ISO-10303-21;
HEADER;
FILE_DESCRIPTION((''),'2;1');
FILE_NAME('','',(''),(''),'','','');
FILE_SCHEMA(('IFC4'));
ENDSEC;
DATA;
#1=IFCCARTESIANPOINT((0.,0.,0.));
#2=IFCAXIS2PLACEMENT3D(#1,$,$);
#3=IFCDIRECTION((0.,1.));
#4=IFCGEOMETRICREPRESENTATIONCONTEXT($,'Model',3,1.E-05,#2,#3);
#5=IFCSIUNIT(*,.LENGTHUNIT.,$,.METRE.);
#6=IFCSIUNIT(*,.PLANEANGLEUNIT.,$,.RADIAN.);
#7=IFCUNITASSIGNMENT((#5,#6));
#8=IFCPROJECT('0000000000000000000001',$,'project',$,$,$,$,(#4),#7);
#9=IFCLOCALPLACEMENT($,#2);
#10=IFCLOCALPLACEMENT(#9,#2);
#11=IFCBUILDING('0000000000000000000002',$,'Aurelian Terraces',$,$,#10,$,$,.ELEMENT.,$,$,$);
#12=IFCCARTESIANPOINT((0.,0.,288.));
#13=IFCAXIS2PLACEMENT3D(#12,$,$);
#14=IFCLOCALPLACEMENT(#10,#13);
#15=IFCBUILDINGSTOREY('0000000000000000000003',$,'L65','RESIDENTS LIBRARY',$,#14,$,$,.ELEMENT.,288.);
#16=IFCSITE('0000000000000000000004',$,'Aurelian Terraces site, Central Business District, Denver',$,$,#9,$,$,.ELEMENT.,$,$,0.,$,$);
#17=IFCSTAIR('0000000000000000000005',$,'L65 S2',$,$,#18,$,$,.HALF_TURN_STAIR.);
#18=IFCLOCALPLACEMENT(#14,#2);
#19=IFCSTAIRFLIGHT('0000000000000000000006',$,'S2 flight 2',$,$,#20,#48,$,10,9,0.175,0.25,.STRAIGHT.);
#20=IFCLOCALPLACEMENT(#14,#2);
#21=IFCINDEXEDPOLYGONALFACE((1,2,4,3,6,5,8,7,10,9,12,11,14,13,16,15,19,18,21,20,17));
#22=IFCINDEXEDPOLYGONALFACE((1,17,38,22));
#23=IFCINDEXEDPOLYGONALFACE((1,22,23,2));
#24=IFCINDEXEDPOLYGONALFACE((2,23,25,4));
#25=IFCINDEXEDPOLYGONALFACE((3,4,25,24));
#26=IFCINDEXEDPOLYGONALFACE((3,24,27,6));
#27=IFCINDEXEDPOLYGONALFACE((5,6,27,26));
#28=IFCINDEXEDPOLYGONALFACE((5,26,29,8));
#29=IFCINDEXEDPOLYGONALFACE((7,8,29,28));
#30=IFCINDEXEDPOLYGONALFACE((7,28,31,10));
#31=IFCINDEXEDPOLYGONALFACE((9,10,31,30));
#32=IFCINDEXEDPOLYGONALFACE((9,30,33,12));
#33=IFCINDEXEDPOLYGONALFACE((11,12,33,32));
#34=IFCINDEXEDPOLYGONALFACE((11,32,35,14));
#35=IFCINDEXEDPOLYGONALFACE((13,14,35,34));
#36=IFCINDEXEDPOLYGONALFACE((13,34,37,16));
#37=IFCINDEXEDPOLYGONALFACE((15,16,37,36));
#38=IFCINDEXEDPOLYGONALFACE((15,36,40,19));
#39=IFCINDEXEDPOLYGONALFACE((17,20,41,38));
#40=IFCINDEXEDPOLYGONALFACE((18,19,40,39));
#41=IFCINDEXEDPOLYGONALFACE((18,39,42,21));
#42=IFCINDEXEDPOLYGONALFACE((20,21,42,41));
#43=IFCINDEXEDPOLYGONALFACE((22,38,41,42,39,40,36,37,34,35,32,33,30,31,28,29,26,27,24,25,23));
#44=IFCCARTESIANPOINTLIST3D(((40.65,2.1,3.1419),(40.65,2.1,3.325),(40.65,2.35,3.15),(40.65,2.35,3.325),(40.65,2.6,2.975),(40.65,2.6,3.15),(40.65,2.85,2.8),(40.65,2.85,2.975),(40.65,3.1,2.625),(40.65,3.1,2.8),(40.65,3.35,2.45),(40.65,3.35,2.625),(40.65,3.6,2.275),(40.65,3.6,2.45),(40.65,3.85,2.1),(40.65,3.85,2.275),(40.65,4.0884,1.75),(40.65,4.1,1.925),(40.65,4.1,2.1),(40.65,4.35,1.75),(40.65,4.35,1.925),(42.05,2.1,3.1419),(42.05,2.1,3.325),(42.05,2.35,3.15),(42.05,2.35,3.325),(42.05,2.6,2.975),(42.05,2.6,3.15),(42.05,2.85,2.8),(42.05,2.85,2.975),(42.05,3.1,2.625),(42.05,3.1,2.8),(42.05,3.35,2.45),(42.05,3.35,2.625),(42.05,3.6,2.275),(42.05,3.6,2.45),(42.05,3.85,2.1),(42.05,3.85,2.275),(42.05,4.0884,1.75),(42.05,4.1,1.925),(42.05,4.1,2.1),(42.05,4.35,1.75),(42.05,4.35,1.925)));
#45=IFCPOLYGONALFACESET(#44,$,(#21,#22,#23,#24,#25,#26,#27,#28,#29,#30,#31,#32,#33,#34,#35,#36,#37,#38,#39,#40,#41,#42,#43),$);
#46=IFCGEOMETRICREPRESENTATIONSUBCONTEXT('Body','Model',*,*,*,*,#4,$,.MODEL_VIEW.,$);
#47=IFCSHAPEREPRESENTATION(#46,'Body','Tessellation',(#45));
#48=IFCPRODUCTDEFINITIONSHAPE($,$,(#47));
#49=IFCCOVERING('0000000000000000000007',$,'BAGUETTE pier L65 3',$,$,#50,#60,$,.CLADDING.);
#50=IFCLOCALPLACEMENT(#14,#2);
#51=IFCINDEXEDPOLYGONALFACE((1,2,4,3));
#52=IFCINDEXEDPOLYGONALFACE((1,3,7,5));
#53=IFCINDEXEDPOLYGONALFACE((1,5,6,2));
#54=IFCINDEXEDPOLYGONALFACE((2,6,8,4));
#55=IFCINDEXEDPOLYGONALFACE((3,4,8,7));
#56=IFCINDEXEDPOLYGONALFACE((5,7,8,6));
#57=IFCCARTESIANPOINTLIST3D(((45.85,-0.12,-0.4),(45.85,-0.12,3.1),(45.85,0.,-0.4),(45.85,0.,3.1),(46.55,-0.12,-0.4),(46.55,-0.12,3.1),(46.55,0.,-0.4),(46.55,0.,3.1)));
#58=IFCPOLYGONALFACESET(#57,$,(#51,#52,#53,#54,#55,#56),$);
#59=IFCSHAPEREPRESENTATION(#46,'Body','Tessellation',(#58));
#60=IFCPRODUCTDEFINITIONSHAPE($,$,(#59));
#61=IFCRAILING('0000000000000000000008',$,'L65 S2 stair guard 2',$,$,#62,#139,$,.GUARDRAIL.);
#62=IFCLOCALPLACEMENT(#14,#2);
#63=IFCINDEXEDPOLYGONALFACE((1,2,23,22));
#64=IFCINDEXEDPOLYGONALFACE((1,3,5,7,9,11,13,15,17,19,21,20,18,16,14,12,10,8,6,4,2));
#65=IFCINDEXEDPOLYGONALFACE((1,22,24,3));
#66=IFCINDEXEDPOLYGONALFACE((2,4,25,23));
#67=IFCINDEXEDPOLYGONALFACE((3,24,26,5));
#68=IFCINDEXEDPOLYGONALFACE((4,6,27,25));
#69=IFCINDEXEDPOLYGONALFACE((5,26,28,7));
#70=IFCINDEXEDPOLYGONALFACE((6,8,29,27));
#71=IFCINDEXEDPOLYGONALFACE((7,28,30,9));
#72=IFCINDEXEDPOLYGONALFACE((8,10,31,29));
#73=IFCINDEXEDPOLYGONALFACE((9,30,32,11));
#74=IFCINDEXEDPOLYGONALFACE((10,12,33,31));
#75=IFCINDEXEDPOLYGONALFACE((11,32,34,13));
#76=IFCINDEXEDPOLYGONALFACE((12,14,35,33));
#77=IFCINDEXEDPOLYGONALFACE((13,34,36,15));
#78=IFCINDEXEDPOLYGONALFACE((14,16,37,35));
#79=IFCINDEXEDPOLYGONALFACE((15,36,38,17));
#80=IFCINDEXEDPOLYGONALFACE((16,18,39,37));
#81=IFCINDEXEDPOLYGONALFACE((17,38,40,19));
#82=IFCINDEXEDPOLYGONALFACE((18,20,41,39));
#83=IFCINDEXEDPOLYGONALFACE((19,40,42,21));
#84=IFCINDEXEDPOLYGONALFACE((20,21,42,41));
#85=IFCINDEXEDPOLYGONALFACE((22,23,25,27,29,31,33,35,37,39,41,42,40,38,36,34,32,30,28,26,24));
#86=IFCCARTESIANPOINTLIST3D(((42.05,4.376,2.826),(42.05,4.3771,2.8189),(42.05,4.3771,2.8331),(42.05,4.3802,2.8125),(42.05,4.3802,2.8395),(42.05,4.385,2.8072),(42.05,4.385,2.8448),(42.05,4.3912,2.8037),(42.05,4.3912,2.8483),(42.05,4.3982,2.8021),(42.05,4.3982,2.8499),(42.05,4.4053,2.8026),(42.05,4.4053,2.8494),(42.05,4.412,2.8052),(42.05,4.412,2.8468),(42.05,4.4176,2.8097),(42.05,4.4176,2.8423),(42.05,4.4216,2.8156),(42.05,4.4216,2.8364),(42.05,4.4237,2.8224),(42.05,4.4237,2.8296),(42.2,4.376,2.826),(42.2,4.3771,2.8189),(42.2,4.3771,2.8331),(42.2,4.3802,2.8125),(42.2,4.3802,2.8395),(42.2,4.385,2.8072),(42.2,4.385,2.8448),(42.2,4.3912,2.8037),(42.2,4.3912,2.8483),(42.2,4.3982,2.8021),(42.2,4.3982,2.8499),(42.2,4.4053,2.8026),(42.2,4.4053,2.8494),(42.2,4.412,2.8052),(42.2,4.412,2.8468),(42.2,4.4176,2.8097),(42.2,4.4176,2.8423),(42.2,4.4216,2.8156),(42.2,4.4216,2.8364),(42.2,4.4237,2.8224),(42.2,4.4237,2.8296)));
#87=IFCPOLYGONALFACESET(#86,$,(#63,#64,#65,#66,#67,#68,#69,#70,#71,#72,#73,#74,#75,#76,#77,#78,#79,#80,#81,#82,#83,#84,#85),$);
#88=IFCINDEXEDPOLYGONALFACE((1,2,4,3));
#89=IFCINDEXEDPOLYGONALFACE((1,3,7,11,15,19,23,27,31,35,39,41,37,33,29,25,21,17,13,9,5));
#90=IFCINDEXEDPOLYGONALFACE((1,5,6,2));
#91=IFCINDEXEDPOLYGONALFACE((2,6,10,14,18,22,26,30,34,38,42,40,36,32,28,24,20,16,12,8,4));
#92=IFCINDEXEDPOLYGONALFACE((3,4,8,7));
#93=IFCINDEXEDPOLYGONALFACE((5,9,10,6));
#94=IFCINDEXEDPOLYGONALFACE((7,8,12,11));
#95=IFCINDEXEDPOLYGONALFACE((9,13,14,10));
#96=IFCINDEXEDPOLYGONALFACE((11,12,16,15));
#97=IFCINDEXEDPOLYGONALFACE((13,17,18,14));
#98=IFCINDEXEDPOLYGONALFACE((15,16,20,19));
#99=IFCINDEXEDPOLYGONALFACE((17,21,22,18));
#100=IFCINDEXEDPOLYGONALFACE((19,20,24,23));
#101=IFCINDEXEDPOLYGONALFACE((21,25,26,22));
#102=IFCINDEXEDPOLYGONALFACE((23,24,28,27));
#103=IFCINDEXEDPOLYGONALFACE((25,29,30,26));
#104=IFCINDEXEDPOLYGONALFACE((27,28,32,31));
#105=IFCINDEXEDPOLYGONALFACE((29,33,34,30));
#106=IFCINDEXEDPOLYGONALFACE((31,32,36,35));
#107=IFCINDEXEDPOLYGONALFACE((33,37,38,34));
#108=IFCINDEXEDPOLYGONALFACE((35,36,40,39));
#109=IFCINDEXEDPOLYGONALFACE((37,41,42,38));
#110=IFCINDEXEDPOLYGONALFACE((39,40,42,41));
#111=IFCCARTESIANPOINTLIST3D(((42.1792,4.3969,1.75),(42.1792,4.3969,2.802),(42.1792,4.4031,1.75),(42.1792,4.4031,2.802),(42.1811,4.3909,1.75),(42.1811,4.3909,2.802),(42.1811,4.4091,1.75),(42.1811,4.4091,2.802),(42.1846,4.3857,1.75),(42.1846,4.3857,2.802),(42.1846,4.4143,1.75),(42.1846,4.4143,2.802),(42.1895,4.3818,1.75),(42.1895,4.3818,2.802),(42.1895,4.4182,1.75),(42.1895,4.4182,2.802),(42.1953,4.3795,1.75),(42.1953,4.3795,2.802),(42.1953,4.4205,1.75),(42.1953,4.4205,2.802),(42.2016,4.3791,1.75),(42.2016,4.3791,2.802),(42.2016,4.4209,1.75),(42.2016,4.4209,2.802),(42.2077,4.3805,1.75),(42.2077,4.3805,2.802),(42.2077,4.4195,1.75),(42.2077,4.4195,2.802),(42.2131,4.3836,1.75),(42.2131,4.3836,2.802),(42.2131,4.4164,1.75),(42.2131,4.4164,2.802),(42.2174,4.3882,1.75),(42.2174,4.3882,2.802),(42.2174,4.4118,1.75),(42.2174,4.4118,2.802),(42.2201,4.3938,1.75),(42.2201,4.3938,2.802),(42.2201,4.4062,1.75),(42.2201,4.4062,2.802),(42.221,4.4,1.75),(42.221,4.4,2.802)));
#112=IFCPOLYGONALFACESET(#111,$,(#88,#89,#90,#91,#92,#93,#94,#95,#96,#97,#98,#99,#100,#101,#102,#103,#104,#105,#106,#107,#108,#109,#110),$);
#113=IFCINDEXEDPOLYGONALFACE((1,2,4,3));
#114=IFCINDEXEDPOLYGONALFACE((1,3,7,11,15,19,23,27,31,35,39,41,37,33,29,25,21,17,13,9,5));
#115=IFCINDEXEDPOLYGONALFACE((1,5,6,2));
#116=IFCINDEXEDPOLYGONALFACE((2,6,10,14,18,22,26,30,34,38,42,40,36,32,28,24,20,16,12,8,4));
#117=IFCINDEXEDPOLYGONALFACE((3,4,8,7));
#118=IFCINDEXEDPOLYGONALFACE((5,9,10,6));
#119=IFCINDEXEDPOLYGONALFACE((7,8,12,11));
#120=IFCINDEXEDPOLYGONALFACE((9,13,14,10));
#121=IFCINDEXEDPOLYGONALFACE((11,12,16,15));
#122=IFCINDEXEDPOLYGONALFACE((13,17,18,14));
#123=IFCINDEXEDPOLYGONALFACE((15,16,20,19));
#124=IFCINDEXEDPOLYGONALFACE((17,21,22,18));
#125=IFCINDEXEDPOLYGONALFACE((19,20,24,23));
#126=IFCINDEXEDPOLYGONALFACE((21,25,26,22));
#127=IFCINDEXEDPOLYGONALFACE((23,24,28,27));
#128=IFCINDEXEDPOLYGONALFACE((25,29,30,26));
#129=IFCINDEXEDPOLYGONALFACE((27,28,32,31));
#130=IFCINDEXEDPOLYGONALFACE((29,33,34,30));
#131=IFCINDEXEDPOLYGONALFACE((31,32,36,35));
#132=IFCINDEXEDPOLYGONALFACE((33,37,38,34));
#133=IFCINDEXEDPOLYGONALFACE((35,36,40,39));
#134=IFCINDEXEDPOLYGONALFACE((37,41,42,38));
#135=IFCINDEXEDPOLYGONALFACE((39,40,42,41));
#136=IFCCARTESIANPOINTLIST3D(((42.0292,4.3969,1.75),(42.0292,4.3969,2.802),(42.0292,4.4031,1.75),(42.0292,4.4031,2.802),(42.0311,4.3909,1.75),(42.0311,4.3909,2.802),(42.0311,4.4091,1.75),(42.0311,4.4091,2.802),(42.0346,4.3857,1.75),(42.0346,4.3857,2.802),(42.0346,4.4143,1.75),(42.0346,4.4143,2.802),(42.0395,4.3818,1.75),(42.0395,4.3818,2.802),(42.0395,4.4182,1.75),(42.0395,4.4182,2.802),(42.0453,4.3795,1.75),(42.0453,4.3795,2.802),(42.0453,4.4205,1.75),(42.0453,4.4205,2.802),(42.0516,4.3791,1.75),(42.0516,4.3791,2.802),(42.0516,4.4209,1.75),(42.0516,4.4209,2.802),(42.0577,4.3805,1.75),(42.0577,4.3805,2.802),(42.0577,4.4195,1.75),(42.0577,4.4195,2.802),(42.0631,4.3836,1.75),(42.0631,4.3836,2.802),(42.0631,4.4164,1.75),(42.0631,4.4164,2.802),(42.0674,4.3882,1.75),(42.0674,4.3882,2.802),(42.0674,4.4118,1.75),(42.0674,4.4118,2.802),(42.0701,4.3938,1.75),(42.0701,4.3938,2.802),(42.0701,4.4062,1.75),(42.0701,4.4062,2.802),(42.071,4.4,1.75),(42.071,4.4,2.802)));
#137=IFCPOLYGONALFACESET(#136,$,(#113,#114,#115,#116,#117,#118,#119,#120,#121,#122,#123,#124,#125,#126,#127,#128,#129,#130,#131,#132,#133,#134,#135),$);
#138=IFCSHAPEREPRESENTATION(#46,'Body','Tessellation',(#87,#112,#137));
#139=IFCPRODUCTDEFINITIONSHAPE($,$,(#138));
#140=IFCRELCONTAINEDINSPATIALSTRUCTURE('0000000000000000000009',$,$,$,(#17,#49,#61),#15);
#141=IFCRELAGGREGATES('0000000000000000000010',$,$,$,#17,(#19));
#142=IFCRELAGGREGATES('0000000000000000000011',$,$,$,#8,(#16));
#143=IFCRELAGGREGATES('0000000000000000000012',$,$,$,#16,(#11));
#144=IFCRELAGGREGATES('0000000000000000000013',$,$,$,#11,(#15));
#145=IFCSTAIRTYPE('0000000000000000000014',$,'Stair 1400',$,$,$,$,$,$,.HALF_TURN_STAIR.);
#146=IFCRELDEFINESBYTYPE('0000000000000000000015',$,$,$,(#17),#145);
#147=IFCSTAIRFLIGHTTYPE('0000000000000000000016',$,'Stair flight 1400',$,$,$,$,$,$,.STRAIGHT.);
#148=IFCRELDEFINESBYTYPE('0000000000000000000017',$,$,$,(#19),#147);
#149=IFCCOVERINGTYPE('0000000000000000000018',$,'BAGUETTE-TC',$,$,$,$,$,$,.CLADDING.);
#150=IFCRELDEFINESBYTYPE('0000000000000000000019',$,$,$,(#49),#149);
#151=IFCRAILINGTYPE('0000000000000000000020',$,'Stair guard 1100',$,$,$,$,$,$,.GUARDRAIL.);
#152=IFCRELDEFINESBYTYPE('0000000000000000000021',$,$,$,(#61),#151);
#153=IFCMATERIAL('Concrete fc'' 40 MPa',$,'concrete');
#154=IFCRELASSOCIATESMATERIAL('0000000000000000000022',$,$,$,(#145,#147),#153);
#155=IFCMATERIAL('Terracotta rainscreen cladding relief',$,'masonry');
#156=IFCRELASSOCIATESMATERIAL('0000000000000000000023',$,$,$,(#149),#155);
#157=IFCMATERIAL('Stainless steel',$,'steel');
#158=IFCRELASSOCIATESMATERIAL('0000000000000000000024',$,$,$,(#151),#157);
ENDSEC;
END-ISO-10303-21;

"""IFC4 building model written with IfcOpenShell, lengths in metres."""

from ifc_helpers import new_model, si_unit, direction, frame, origin, origin_2d, place, context, subcontext, project, spatial, polyline, rectangle, circle, outline, extrude, source, transform, mapped, material, type_object, element, aggregate, save


model = new_model("IFC4")

# Units and contexts
model_context = context("Model", 3, precision=1e-05, world=origin(), true_north=direction((0.0, 1.0)))
body_context = subcontext(model_context, "Body", "Model", "MODEL_VIEW")
ifc_project = project(units=[si_unit("LENGTHUNIT", "METRE"), si_unit("PLANEANGLEUNIT", "RADIAN")], contexts=[model_context])

# Site, building, storey
site_placement = place(None, origin())
site = spatial("IfcSite", under=ifc_project, at=site_placement, Name="Aurelian Terraces site, Central Business District, Denver", CompositionType="ELEMENT", RefElevation=0.0)
building_placement = place(site_placement, origin())
building = spatial("IfcBuilding", under=site, at=building_placement, Name="Aurelian Terraces", CompositionType="ELEMENT")
storey_placement = place(building_placement, frame((0.0, 0.0, 288.0)))
storey = spatial("IfcBuildingStorey", under=building, at=storey_placement, Name="L65", Description="RESIDENTS LIBRARY", CompositionType="ELEMENT", Elevation=288.0)

# Shared definitions
ifc_material_1 = material(Name="Concrete fc' 40 MPa", Category="concrete")

# Stair, stair flight
stair_type = type_object("IfcStairType", Name="Stair 1400", PredefinedType="HALF_TURN_STAIR", material=ifc_material_1)
stair_placement = place(storey_placement, origin())
stair = element("IfcStair", 1, at=stair_placement, inside=storey, type_object=stair_type, Name="L65 S2", PredefinedType="HALF_TURN_STAIR")
stair_flight_type = type_object("IfcStairFlightType", Name="Stair flight 1400", PredefinedType="STRAIGHT", material=ifc_material_1)
shared_shape_1 = source(origin(), body_context, "Body", "SweptSolid", [
    extrude(outline(polyline([(0.0, 0.0), (0.0, 0.175), (0.25, 0.175), (0.25, 0.35), (0.5, 0.35), (0.5, 0.525), (0.75, 0.525), (0.75, 0.7), (1.0, 0.7), (1.0, 0.875), (1.25, 0.875), (1.25, 1.05), (1.5, 1.05), (1.5, 1.225), (1.75, 1.225), (1.75, 1.4), (2.0, 1.4), (2.0, 1.575), (2.25, 1.575), (2.25, 1.75), (2.25, 1.3919), (0.2616, 0.0), (0.0, 0.0)])), frame((0.0, 0.7, 0.0), z_axis=(0.0, -1.0, 0.0), x_axis=(1.0, 0.0, 0.0)), (0.0, 0.0, 1.0), 1.4),
])
stair_flight_1_placement = place(storey_placement, frame((41.35, 4.35, 1.75), z_axis=(0.0, 0.0, 1.0), x_axis=(0.0, -1.0, 0.0)))
stair_flight_1 = element("IfcStairFlight", 2, at=stair_flight_1_placement, type_object=stair_flight_type, Name="S2 flight 2", NumberOfRisers=10, NumberOfTreads=9, PredefinedType="STRAIGHT", RiserHeight=0.175, TreadLength=0.25, context=body_context, shape_type="MappedRepresentation", body=[
    mapped(shared_shape_1, transform((0.0, 0.0, 0.0), scale=1.0)),
])
aggregate(stair, [stair_flight_1])

# Covering
ifc_material_2 = material(Name="Terracotta rainscreen cladding relief", Category="masonry")
covering_type = type_object("IfcCoveringType", Name="BAGUETTE-TC", PredefinedType="CLADDING", material=ifc_material_2)
shared_shape_2 = source(origin(), body_context, "Body", "SweptSolid", [
    extrude(rectangle(XDim=0.7, YDim=0.12, at=origin_2d()), origin(), (0.0, 0.0, 1.0), 3.5),
])
covering_placement = place(storey_placement, frame((46.2, -0.06, -0.4), z_axis=(0.0, 0.0, 1.0), x_axis=(1.0, 0.0, 0.0)))
element("IfcCovering", 3, at=covering_placement, inside=storey, type_object=covering_type, Name="BAGUETTE pier L65 3", PredefinedType="CLADDING", context=body_context, shape_type="MappedRepresentation", body=[
    mapped(shared_shape_2, transform((0.0, 0.0, 0.0), scale=1.0)),
])

# Railing
ifc_material_3 = material(Name="Stainless steel", Category="steel")
railing_type_1 = type_object("IfcRailingType", Name="Stair guard 1100", PredefinedType="GUARDRAIL", material=ifc_material_3)
shared_shape_3 = source(origin(), body_context, "Body", "SweptSolid", [
    extrude(circle(Radius=0.024, at=origin_2d()), frame((0.0, 0.0, 1.076), z_axis=(-1.0, 0.0, 0.0), x_axis=(0.0, -1.0, 0.0)), (0.0, 0.0, 1.0), 0.15),
    extrude(circle(Radius=0.021, at=origin_2d()), origin(), (0.0, 0.0, 1.0), 1.052),
    extrude(circle(Radius=0.021, at=origin_2d()), frame((-0.15, 0.0, 0.0)), (0.0, 0.0, 1.0), 1.052),
])
for number, where, name in (
    (4, (42.2, 4.4, 1.75), "L65 S2 stair guard 2"),
):
    element("IfcRailing", number, at=place(storey_placement, frame(where)), inside=storey, type_object=railing_type_1, Name=name, PredefinedType="GUARDRAIL", context=body_context, shape_type="MappedRepresentation", body=[
        mapped(shared_shape_3, transform((0.0, 0.0, 0.0), scale=1.0)),
    ])

save(model, "model.ifc")
